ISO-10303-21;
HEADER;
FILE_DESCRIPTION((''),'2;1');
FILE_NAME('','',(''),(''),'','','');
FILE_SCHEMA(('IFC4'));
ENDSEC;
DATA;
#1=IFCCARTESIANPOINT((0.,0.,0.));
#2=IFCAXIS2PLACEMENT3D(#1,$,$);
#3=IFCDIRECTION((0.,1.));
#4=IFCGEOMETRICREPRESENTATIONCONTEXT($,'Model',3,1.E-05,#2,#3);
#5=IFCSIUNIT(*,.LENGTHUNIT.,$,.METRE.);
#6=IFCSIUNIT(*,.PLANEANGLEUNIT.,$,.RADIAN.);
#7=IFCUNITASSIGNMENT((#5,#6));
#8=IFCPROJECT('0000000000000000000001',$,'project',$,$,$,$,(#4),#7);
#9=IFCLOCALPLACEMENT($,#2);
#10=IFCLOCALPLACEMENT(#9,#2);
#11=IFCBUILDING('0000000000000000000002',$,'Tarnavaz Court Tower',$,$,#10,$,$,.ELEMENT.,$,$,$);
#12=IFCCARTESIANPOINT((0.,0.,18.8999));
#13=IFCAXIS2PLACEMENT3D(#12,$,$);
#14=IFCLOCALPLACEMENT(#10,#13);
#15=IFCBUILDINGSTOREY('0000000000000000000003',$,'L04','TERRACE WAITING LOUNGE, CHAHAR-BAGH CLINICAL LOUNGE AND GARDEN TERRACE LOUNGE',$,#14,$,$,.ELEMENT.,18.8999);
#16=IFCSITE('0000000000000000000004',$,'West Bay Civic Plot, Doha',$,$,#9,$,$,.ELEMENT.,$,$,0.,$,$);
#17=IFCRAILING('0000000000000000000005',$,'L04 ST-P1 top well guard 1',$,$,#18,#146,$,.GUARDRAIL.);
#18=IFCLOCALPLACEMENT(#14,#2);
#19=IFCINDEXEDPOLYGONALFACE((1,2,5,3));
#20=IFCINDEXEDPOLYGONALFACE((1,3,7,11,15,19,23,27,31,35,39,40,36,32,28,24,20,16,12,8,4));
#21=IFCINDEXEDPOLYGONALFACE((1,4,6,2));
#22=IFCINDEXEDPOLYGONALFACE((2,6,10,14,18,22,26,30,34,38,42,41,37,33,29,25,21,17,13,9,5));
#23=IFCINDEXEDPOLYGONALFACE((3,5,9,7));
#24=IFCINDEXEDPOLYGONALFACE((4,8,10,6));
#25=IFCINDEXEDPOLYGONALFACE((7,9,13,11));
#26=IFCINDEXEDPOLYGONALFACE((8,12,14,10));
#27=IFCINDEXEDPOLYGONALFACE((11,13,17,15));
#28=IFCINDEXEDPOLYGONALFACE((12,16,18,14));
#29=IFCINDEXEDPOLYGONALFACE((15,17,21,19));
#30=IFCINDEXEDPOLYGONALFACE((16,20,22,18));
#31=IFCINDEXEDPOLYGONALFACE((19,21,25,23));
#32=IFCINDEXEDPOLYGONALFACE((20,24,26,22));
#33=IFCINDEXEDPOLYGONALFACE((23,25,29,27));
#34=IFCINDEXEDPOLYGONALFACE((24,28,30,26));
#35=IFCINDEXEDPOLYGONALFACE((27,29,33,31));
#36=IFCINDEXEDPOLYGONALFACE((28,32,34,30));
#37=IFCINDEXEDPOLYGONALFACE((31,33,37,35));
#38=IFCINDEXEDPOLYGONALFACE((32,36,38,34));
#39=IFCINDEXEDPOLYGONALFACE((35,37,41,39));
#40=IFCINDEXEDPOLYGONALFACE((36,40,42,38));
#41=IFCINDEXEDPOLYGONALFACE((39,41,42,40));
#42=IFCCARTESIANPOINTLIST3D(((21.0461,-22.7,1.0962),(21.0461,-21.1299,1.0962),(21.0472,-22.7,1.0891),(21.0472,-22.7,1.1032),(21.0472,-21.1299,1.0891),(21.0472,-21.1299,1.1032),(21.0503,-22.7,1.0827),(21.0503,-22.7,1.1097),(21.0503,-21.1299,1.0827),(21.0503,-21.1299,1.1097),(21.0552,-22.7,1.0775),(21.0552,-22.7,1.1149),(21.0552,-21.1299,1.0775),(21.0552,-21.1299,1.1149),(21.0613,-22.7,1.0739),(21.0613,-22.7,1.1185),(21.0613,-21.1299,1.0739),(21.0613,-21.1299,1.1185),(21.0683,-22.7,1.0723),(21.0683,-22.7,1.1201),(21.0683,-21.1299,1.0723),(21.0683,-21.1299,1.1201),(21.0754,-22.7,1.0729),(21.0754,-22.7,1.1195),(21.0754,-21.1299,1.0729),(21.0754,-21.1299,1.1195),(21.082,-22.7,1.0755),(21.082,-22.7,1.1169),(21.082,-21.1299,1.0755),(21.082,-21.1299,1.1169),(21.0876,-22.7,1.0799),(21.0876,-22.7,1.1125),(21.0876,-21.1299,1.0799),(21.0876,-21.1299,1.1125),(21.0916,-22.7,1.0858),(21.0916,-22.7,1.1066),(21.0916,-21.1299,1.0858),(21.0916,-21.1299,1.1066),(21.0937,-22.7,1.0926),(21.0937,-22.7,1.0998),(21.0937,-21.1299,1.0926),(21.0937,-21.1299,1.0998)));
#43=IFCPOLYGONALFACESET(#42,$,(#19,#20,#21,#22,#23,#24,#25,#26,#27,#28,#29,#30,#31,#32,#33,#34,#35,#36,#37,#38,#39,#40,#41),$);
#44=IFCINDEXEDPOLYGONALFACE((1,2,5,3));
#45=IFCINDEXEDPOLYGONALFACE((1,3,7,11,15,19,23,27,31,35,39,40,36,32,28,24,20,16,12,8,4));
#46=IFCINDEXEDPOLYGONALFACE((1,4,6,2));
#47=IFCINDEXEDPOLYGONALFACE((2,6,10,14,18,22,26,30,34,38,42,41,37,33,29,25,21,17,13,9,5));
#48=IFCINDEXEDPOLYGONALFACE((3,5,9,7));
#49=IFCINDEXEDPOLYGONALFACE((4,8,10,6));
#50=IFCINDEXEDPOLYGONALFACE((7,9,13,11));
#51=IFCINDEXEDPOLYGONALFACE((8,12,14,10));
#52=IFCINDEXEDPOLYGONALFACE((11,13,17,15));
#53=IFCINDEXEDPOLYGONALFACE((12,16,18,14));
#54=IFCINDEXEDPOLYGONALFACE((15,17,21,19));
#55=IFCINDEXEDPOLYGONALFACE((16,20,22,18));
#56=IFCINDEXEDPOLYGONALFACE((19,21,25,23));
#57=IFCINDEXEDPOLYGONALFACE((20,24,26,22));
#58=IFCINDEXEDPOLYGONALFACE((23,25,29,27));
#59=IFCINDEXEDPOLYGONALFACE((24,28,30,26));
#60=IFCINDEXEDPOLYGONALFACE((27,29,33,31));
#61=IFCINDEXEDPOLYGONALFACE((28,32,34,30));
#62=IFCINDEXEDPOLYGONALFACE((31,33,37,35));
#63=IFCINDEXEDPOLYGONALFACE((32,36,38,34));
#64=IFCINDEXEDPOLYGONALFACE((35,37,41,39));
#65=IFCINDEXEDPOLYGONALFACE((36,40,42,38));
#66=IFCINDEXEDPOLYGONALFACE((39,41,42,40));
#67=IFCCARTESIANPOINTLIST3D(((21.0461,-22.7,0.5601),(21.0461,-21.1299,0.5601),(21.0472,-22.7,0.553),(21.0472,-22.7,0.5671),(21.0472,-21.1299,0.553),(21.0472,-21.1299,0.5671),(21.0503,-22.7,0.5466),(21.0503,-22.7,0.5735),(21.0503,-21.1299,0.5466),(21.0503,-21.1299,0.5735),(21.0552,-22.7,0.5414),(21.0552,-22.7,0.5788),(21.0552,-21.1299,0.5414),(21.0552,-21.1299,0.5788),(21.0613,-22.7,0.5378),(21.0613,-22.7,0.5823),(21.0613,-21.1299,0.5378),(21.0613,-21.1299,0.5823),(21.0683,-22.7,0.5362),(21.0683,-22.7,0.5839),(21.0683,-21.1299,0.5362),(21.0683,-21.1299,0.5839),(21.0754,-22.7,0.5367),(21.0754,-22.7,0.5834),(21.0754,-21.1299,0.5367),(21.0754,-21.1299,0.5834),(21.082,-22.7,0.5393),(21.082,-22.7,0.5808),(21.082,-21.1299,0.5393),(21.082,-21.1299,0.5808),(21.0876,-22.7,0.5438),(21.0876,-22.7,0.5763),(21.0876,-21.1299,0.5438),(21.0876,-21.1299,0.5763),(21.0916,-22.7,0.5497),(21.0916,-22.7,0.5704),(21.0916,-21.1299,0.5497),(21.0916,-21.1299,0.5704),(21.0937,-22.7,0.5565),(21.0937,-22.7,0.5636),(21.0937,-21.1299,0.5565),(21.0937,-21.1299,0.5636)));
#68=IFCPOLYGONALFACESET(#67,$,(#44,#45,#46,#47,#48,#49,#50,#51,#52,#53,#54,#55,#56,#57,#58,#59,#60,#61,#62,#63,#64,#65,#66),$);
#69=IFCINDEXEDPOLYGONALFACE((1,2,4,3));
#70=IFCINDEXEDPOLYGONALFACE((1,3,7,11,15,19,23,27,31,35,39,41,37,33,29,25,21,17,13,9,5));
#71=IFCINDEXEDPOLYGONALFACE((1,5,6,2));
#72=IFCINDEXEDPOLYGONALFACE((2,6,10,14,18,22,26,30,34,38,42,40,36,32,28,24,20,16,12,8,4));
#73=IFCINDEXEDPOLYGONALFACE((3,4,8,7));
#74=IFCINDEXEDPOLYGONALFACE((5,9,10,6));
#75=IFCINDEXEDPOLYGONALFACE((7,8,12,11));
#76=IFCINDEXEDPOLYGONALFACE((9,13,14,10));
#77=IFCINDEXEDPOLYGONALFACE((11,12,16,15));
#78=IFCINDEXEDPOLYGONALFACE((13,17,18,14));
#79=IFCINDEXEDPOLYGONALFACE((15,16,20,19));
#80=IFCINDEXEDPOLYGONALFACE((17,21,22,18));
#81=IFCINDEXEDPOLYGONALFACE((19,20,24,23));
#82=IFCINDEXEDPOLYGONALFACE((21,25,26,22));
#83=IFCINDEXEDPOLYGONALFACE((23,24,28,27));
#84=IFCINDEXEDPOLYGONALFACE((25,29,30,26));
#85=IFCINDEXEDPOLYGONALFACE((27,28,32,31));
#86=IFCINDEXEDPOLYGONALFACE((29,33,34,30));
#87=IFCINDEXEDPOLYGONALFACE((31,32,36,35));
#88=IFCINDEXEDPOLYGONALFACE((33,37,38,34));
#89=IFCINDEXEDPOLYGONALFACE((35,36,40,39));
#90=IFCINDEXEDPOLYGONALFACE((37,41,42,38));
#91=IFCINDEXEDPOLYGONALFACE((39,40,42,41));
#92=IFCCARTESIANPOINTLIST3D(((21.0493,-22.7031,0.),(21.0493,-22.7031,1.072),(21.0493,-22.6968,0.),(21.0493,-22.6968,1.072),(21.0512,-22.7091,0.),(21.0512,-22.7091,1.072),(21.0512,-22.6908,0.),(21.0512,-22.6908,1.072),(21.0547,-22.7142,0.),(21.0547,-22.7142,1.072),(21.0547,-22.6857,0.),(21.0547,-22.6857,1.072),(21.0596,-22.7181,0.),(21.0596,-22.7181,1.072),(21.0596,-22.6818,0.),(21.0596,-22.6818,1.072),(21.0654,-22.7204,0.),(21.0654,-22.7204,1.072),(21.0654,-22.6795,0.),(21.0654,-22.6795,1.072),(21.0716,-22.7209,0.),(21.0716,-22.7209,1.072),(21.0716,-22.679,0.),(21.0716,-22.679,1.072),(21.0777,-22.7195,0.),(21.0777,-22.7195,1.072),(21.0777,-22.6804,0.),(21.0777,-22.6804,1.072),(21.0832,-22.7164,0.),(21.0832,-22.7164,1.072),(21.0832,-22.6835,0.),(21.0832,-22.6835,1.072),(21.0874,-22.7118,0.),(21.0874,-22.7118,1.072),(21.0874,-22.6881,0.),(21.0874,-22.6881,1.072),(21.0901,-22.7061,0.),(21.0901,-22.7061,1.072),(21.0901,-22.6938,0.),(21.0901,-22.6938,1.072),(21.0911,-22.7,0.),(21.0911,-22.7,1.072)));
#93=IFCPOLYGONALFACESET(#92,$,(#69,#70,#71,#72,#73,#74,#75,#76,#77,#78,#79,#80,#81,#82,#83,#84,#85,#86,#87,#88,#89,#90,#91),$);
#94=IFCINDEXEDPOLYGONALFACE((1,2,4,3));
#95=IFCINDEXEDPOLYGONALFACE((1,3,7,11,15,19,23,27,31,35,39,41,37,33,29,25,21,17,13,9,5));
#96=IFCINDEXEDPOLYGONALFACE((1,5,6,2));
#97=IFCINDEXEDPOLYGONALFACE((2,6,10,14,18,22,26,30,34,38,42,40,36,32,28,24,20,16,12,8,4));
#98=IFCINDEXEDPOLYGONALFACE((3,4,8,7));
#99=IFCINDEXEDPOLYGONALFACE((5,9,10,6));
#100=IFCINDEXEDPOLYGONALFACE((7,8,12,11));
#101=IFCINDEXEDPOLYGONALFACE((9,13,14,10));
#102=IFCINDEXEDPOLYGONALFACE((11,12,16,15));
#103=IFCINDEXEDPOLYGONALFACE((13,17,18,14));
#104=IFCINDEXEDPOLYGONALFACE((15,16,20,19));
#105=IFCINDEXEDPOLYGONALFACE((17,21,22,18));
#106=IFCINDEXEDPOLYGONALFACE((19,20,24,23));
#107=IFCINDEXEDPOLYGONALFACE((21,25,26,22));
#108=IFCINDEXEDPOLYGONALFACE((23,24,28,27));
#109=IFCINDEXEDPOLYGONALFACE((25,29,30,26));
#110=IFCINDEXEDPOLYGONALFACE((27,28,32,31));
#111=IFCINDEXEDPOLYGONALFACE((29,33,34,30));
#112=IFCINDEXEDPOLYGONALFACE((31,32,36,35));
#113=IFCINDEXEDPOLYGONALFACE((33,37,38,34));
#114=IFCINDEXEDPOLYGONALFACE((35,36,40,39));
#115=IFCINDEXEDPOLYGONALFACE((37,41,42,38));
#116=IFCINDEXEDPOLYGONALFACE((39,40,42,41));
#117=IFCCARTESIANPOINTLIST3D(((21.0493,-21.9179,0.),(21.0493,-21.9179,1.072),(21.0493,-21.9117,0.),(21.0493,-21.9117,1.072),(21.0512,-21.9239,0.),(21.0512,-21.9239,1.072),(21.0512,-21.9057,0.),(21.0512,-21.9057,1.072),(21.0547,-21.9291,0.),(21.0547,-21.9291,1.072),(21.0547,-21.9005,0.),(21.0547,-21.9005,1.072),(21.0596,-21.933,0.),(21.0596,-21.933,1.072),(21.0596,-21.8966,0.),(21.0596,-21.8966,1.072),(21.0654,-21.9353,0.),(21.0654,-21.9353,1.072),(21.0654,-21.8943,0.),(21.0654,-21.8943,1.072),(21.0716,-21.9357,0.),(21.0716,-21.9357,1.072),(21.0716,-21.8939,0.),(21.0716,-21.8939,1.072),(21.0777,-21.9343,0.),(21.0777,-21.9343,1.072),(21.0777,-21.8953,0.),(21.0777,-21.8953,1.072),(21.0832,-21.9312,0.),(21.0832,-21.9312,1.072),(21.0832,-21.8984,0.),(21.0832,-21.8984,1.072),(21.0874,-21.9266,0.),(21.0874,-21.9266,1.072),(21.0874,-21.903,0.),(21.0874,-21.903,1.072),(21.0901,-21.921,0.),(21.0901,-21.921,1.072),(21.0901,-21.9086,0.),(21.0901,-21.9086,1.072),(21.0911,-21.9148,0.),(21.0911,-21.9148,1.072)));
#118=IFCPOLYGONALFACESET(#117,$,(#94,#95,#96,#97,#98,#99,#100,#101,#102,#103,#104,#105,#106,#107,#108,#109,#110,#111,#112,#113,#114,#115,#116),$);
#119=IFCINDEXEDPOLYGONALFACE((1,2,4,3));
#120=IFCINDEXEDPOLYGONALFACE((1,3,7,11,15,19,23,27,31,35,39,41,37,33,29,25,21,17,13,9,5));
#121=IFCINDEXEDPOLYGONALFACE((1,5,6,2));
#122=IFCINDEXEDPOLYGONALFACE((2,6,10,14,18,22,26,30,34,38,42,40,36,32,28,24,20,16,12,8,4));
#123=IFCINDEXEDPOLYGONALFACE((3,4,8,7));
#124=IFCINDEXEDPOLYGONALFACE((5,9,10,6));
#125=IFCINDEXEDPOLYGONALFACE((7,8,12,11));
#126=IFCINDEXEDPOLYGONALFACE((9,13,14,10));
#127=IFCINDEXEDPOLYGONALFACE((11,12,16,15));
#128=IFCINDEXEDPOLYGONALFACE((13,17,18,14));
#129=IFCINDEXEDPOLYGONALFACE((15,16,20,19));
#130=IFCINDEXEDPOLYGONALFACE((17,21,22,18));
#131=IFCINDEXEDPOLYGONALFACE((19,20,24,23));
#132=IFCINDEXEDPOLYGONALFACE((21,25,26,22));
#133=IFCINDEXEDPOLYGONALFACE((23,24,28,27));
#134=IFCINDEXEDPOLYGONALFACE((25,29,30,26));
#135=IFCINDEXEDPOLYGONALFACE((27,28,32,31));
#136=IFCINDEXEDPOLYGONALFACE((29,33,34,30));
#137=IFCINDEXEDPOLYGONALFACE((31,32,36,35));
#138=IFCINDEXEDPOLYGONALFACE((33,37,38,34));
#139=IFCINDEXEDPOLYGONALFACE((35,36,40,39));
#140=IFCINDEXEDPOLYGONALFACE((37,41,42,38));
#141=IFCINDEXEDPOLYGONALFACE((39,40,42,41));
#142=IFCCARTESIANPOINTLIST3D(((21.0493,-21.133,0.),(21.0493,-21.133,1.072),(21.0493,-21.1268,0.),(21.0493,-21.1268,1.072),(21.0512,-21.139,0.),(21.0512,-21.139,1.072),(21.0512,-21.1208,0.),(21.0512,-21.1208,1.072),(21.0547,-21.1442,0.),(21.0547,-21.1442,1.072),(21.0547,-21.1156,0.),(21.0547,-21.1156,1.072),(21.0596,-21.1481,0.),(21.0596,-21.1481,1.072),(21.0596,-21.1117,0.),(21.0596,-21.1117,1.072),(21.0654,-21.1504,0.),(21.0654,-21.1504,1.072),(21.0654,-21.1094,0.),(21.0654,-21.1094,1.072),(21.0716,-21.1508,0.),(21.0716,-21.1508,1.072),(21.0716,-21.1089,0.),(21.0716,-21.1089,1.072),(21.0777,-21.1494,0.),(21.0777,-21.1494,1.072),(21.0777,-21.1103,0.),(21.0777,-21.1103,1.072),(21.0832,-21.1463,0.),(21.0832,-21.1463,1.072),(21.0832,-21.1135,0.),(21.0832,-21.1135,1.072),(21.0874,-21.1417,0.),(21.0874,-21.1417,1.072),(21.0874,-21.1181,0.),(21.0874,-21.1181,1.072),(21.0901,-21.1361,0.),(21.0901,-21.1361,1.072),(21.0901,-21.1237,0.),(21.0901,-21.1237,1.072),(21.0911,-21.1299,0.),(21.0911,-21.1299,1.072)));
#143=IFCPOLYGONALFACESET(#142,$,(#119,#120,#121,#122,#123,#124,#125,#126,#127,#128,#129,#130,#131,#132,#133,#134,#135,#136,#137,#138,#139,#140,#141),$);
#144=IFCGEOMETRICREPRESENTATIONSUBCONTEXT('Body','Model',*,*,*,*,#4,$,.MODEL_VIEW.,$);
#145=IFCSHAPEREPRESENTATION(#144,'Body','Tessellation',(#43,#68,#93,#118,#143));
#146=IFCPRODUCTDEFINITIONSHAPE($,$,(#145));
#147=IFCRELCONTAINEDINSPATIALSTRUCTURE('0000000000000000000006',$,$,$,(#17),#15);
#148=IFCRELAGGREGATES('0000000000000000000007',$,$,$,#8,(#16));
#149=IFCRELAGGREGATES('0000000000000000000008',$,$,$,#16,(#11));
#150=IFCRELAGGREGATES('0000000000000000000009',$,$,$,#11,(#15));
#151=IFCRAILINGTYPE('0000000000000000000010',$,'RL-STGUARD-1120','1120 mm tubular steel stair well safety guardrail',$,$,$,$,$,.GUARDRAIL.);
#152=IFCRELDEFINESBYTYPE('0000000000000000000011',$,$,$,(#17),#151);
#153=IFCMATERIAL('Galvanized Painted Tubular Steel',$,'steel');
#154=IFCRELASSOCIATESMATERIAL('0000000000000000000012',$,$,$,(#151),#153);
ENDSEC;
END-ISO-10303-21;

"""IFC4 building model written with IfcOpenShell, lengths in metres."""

from ifc_helpers import new_model, si_unit, direction, frame, origin, origin_2d, place, context, subcontext, project, spatial, circle, extrude, material, type_object, element, save


model = new_model("IFC4")

# Units and contexts
model_context = context("Model", 3, precision=1e-05, world=origin(), true_north=direction((0.0, 1.0)))
body_context = subcontext(model_context, "Body", "Model", "MODEL_VIEW")
ifc_project = project(units=[si_unit("LENGTHUNIT", "METRE"), si_unit("PLANEANGLEUNIT", "RADIAN")], contexts=[model_context])

# Site, building, storey
site_placement = place(None, origin())
site = spatial("IfcSite", under=ifc_project, at=site_placement, Name="West Bay Civic Plot, Doha", CompositionType="ELEMENT", RefElevation=0.0)
building_placement = place(site_placement, origin())
building = spatial("IfcBuilding", under=site, at=building_placement, Name="Tarnavaz Court Tower", CompositionType="ELEMENT")
storey_placement = place(building_placement, frame((0.0, 0.0, 18.8999)))
storey = spatial("IfcBuildingStorey", under=building, at=storey_placement, Name="L04", Description="TERRACE WAITING LOUNGE, CHAHAR-BAGH CLINICAL LOUNGE AND GARDEN TERRACE LOUNGE", CompositionType="ELEMENT", Elevation=18.8999)

# Railing
ifc_material_1 = material(Name="Galvanized Painted Tubular Steel", Category="steel")
railing_type = type_object("IfcRailingType", Name="RL-STGUARD-1120", Description="1120 mm tubular steel stair well safety guardrail", PredefinedType="GUARDRAIL", material=ifc_material_1)
railing_placement = place(storey_placement, frame((21.0701, -22.7, 0.0)))
element("IfcRailing", 1, at=railing_placement, inside=storey, type_object=railing_type, Name="L04 ST-P1 top well guard 1", PredefinedType="GUARDRAIL", context=body_context, shape_type="SweptSolid", body=[
    extrude(circle(Radius=0.0239, at=origin_2d()), frame((0.0, 0.0, 1.0962), z_axis=(0.0, 1.0, 0.0), x_axis=(-1.0, 0.0, 0.0)), (0.0, 0.0, 1.0), 1.5701),
    extrude(circle(Radius=0.0239, at=origin_2d()), frame((0.0, 0.0, 0.5601), z_axis=(0.0, 1.0, 0.0), x_axis=(-1.0, 0.0, 0.0)), (0.0, 0.0, 1.0), 1.5701),
    extrude(circle(Radius=0.021, at=origin_2d()), origin(), (0.0, 0.0, 1.0), 1.072),
    extrude(circle(Radius=0.021, at=origin_2d()), frame((0.0, 0.7852, 0.0)), (0.0, 0.0, 1.0), 1.072),
    extrude(circle(Radius=0.021, at=origin_2d()), frame((0.0, 1.5701, 0.0)), (0.0, 0.0, 1.0), 1.072),
])

save(model, "model.ifc")
